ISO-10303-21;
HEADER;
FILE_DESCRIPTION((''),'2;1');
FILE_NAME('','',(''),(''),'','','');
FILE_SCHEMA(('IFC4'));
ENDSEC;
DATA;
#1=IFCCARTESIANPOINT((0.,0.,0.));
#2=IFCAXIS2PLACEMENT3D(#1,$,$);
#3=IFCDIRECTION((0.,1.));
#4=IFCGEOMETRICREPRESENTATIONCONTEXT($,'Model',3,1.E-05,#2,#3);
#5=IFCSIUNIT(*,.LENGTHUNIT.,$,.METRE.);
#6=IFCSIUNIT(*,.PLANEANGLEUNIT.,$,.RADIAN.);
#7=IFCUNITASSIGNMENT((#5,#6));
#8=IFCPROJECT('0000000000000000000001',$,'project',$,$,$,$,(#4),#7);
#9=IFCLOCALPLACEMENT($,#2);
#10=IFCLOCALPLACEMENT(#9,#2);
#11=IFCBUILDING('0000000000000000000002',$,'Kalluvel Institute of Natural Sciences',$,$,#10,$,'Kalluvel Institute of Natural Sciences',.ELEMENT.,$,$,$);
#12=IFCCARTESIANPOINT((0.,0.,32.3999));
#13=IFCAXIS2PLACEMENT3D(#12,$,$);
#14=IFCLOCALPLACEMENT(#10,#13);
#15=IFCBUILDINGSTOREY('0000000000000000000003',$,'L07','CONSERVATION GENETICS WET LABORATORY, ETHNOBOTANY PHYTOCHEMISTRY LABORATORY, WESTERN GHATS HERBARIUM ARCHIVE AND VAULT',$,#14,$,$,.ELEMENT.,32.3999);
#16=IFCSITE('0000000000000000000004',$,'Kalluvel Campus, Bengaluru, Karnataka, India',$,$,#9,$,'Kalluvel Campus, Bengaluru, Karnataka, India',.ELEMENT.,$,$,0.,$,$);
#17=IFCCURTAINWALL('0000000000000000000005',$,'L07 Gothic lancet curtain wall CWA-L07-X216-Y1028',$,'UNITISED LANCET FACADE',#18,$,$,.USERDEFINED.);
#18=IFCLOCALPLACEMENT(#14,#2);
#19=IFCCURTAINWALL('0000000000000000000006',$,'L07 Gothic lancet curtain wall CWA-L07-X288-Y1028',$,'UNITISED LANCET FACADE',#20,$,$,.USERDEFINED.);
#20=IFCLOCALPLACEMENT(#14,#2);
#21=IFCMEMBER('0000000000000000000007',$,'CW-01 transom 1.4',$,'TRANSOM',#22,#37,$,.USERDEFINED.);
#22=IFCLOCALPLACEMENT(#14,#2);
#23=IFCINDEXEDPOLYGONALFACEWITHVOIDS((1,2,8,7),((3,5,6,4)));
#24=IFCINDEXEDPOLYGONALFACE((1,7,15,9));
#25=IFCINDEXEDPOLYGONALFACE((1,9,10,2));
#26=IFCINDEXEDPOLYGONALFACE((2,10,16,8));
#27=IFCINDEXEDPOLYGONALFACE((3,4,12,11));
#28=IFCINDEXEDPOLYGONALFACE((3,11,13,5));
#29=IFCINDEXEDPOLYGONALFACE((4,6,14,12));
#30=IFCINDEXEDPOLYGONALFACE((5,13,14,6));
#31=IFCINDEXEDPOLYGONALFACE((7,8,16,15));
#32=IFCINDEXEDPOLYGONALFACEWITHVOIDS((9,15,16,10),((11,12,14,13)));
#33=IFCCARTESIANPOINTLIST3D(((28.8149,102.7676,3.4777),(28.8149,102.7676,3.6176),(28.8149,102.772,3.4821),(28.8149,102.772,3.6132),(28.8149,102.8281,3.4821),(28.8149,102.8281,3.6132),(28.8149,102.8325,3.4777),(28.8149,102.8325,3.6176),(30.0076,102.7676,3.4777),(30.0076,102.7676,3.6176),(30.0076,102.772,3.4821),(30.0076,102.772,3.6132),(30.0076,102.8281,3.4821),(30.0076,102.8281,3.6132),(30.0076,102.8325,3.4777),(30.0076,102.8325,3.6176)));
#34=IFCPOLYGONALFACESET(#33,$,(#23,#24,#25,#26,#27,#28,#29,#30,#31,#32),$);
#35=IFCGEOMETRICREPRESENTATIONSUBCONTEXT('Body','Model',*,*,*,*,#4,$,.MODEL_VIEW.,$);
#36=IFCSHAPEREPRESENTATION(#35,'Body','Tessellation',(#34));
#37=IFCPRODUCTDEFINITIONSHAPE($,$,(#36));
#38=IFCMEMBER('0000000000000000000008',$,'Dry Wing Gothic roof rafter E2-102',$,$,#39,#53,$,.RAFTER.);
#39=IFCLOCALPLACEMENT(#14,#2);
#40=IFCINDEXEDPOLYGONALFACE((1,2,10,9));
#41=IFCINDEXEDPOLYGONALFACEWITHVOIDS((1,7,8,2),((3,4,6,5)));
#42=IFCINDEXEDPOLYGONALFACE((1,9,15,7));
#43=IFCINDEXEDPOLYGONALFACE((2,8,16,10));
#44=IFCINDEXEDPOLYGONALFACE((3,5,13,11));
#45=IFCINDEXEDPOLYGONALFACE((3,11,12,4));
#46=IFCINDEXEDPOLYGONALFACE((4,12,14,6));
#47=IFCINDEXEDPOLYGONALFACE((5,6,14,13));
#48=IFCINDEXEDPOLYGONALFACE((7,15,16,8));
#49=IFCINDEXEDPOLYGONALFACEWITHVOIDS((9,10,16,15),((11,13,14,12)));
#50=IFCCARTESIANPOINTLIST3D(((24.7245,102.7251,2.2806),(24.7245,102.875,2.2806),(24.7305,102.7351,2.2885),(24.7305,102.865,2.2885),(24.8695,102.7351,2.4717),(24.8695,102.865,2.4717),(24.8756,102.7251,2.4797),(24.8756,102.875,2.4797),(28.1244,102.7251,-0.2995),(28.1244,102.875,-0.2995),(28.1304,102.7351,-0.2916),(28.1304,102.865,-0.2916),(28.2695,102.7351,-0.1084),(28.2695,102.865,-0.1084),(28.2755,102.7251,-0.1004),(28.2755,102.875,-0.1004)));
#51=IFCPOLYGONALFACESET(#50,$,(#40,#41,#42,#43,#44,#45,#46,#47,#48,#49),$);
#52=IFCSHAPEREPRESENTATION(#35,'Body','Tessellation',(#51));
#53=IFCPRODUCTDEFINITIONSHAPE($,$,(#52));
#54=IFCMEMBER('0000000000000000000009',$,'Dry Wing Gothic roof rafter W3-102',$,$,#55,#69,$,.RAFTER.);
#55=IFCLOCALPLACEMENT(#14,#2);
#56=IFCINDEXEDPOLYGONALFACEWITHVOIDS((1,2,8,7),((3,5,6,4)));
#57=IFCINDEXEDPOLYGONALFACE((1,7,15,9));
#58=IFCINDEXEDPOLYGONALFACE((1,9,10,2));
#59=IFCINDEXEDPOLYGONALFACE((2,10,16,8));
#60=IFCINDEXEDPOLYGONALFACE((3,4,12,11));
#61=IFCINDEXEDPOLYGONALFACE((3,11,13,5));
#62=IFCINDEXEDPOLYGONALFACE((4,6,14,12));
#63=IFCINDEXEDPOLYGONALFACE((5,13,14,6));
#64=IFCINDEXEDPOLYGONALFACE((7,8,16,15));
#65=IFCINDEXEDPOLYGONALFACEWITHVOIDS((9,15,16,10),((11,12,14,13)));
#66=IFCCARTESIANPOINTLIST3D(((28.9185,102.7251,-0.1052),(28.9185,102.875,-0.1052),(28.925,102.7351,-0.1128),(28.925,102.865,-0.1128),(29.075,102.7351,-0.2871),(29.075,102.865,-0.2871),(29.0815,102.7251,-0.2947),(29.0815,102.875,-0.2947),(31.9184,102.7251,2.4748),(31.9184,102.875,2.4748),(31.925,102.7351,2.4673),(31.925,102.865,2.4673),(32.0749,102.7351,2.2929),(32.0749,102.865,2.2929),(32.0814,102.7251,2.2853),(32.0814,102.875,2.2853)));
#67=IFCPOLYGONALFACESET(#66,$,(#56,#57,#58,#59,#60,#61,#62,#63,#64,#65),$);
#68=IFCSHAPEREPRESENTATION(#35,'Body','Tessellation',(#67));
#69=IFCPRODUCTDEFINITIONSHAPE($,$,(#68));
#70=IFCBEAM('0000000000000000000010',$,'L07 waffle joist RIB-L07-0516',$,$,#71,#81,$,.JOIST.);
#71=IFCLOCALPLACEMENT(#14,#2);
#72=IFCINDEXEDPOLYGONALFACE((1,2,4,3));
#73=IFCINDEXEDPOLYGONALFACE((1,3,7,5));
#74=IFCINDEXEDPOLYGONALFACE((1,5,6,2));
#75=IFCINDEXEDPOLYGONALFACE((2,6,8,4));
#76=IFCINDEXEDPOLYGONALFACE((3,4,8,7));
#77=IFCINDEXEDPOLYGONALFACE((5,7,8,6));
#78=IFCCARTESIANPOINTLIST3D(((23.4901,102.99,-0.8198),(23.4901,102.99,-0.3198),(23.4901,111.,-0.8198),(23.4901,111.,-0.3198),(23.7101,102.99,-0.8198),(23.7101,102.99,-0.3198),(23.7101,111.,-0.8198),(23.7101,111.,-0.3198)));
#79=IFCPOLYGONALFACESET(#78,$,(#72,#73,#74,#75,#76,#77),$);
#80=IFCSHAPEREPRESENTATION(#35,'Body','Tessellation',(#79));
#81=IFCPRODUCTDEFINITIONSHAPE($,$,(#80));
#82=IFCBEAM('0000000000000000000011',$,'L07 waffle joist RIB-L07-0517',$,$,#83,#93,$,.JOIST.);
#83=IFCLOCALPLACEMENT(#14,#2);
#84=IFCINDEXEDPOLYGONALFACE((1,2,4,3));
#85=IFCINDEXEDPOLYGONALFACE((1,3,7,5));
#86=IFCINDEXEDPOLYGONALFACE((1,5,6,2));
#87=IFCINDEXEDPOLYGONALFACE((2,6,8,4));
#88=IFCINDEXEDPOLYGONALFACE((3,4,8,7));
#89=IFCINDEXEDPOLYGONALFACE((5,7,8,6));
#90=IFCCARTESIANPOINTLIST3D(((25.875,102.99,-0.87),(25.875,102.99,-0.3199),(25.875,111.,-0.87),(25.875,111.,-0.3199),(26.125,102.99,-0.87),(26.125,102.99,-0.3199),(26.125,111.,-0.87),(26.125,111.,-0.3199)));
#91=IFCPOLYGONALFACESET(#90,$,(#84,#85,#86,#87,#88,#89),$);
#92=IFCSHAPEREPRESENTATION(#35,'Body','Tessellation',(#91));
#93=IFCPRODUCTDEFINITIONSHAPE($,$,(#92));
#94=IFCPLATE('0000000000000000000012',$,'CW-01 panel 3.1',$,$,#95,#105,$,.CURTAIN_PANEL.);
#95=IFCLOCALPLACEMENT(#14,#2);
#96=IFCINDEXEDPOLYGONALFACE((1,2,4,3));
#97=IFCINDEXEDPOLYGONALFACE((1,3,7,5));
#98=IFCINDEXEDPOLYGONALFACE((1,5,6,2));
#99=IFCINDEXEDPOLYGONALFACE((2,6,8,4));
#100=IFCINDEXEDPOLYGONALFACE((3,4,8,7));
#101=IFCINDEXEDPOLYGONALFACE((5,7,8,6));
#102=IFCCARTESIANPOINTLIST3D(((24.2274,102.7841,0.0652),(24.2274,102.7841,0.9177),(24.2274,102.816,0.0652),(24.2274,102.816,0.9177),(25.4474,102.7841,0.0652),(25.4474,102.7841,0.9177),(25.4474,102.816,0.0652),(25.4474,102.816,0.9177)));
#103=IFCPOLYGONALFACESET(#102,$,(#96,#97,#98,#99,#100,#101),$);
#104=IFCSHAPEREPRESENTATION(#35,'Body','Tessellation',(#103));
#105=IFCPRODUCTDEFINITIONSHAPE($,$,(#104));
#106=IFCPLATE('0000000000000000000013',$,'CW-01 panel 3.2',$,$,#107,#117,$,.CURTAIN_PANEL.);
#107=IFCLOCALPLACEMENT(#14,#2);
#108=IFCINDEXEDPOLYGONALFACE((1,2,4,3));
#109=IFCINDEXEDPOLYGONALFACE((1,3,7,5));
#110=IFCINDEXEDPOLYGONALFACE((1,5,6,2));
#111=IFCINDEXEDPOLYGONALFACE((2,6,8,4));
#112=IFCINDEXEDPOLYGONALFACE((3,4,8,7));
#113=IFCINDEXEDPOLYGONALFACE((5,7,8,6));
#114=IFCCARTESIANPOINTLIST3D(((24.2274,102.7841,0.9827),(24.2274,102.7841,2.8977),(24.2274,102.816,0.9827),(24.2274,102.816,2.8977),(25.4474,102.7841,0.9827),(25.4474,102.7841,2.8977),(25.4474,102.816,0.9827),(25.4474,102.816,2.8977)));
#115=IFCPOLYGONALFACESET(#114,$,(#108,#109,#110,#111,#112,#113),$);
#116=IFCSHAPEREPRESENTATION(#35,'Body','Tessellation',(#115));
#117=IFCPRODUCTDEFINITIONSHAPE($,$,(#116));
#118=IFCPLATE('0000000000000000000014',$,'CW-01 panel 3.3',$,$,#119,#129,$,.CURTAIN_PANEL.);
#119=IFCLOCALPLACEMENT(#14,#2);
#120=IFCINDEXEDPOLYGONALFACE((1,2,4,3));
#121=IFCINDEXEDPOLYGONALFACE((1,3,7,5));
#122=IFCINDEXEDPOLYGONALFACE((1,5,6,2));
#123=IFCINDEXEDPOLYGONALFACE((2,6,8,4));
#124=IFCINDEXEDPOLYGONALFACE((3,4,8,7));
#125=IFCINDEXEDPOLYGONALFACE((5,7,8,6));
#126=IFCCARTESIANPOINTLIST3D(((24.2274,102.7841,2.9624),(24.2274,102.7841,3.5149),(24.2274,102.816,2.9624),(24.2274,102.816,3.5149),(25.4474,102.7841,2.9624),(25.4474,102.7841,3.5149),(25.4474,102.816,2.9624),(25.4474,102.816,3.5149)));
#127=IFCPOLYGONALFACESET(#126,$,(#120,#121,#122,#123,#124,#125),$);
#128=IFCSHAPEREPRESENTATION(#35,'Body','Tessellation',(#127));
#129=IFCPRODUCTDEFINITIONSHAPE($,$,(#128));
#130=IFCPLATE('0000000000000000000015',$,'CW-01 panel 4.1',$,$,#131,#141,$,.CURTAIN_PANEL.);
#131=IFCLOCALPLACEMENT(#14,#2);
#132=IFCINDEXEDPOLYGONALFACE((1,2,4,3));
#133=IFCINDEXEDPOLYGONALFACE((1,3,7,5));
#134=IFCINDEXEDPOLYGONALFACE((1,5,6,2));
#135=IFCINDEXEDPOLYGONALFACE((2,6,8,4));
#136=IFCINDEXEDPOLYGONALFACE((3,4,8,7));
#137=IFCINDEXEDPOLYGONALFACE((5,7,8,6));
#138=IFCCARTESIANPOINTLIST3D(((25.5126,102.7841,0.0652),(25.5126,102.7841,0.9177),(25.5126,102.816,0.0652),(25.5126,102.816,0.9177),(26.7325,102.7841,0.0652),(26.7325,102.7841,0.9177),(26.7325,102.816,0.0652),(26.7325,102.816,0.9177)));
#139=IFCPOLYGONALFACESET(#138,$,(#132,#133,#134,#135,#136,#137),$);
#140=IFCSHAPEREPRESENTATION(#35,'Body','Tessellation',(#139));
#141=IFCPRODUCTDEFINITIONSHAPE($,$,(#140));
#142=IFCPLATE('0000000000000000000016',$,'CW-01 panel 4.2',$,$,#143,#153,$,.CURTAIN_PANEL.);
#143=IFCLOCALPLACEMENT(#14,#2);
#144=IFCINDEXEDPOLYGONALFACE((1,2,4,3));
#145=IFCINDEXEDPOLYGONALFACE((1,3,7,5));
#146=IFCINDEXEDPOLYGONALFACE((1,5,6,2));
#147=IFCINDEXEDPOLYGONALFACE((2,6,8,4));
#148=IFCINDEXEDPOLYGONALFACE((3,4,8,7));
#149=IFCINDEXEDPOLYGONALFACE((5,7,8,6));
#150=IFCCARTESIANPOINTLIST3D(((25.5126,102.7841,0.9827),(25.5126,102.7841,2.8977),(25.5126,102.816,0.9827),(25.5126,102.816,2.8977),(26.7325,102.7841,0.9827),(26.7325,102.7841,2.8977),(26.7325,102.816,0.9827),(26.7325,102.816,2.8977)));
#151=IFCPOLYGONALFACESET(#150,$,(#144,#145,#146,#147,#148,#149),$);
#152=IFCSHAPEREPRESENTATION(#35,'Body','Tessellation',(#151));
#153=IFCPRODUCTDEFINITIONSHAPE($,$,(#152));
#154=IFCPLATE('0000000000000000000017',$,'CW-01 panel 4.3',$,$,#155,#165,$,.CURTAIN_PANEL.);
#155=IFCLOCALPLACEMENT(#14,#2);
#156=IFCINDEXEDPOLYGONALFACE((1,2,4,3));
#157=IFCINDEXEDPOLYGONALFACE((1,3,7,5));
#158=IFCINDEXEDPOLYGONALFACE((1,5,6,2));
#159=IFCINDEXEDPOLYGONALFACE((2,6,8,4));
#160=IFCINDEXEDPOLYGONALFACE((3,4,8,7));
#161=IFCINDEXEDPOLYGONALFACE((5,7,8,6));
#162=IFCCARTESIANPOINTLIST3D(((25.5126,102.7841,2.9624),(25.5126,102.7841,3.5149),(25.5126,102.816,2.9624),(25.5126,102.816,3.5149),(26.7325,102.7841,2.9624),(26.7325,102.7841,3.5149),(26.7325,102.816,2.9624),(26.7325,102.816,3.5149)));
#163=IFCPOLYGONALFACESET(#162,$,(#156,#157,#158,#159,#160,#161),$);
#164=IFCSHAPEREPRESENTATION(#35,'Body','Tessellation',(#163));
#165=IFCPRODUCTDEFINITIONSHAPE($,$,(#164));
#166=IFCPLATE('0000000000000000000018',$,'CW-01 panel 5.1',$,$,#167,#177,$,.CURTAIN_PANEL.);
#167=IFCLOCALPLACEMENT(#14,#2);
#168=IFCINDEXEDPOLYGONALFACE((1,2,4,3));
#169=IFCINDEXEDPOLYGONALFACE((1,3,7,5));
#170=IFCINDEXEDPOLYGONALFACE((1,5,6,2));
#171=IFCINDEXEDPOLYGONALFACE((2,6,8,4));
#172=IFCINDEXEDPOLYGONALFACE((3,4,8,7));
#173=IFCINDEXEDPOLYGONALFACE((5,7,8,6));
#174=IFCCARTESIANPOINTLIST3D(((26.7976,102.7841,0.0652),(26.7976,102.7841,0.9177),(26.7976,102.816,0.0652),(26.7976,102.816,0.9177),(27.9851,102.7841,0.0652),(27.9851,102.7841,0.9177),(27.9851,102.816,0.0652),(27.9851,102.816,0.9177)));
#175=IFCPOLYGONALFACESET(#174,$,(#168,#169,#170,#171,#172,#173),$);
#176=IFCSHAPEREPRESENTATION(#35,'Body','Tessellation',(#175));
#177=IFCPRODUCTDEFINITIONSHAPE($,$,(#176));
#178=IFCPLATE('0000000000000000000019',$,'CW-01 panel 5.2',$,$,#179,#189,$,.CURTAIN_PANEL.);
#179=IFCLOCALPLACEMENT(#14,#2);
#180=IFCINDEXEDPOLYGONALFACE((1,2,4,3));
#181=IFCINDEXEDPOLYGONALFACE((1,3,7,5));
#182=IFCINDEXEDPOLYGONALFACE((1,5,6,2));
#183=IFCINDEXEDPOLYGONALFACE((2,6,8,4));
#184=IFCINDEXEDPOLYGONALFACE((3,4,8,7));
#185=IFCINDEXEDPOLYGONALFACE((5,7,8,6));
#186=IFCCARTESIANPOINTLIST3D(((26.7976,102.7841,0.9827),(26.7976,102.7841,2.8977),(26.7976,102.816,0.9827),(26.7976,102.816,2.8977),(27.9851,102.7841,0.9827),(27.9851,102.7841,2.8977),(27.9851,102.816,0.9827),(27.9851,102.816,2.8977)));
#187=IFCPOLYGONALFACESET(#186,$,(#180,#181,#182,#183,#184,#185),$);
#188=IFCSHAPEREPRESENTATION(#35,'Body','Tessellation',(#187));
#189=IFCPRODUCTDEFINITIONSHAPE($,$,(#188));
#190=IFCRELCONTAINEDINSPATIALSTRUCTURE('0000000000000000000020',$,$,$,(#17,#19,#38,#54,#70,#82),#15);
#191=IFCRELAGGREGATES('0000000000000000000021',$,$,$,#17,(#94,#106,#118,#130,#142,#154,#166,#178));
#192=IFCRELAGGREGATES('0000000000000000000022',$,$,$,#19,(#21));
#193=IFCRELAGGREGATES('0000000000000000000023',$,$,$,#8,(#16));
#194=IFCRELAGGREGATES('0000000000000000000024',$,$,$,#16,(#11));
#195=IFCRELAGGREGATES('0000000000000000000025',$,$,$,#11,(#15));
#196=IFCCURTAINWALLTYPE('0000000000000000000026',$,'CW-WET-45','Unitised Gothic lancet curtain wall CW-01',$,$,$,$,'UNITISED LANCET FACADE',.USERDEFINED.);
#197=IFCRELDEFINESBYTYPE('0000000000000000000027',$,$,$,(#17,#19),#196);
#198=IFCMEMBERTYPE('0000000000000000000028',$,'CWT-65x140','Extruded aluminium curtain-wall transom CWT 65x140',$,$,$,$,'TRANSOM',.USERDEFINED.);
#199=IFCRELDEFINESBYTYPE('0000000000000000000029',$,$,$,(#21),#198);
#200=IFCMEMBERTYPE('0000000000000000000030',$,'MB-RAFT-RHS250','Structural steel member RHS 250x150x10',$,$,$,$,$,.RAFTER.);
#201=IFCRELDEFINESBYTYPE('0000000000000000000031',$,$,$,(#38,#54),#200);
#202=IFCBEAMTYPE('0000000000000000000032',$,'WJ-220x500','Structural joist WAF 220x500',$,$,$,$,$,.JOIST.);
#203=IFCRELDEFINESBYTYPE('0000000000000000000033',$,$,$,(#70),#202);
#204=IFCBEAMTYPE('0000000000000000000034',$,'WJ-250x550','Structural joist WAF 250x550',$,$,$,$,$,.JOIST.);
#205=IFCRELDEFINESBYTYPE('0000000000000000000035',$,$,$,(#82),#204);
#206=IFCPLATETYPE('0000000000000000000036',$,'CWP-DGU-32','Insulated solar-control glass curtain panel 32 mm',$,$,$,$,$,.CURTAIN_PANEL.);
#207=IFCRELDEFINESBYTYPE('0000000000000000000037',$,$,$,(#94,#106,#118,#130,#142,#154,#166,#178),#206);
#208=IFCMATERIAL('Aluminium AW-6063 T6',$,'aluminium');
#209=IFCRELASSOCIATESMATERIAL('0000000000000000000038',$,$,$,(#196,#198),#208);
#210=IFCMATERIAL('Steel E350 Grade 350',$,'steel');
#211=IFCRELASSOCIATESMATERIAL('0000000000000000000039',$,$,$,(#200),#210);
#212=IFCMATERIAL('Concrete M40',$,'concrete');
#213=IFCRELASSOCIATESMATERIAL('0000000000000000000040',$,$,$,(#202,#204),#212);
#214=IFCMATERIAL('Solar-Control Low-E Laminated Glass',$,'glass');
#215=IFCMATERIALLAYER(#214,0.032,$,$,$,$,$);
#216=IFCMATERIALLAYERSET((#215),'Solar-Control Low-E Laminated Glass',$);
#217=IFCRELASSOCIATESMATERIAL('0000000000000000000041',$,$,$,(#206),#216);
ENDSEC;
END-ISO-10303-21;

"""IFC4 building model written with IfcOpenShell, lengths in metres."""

from ifc_helpers import new_model, si_unit, direction, frame, origin, origin_2d, place, context, subcontext, project, spatial, rectangle, hollow_rectangle, extrude, material, layer, layer_set, material_profile, profile_set, type_object, element, aggregate, save


model = new_model("IFC4")

# Units and contexts
model_context = context("Model", 3, precision=1e-05, world=origin(), true_north=direction((0.0, 1.0)))
body_context = subcontext(model_context, "Body", "Model", "MODEL_VIEW")
ifc_project = project(units=[si_unit("LENGTHUNIT", "METRE"), si_unit("PLANEANGLEUNIT", "RADIAN")], contexts=[model_context])

# Site, building, storey
site_placement = place(None, origin())
site = spatial("IfcSite", under=ifc_project, at=site_placement, Name="Kalluvel Campus, Bengaluru, Karnataka, India", LongName="Kalluvel Campus, Bengaluru, Karnataka, India", CompositionType="ELEMENT", RefElevation=0.0)
building_placement = place(site_placement, origin())
building = spatial("IfcBuilding", under=site, at=building_placement, Name="Kalluvel Institute of Natural Sciences", LongName="Kalluvel Institute of Natural Sciences", CompositionType="ELEMENT")
storey_placement = place(building_placement, frame((0.0, 0.0, 32.3999)))
storey = spatial("IfcBuildingStorey", under=building, at=storey_placement, Name="L07", Description="CONSERVATION GENETICS WET LABORATORY, ETHNOBOTANY PHYTOCHEMISTRY LABORATORY, WESTERN GHATS HERBARIUM ARCHIVE AND VAULT", CompositionType="ELEMENT", Elevation=32.3999)

# Shared definitions
ifc_material_1 = material(Name="Concrete M40", Category="concrete")

# Curtain wall
ifc_material_2 = material(Name="Aluminium AW-6063 T6", Category="aluminium")
curtain_wall_type = type_object("IfcCurtainWallType", Name="CW-WET-45", Description="Unitised Gothic lancet curtain wall CW-01", ElementType="UNITISED LANCET FACADE", PredefinedType="USERDEFINED", material=ifc_material_2)
curtain_wall_1_placement = place(storey_placement, origin())
curtain_wall_1 = element("IfcCurtainWall", 1, at=curtain_wall_1_placement, inside=storey, type_object=curtain_wall_type, Name="L07 Gothic lancet curtain wall CWA-L07-X216-Y1028", ObjectType="UNITISED LANCET FACADE", PredefinedType="USERDEFINED")

# Curtain wall
curtain_wall_2_placement = place(storey_placement, origin())
curtain_wall_2 = element("IfcCurtainWall", 2, at=curtain_wall_2_placement, inside=storey, type_object=curtain_wall_type, Name="L07 Gothic lancet curtain wall CWA-L07-X288-Y1028", ObjectType="UNITISED LANCET FACADE", PredefinedType="USERDEFINED")

# Member
ifc_material_profile_1 = material_profile(ifc_material_2, hollow_rectangle(XDim=0.0649, YDim=0.1399, WallThickness=0.0044, at=origin_2d()), Name="CWT 65x140")
ifc_profile_set_1 = profile_set([ifc_material_profile_1], Name="Aluminium AW-6063 T6")
member_type_1 = type_object("IfcMemberType", Name="CWT-65x140", Description="Extruded aluminium curtain-wall transom CWT 65x140", ElementType="TRANSOM", PredefinedType="USERDEFINED", material=ifc_profile_set_1)
member_1_placement = place(storey_placement, frame((28.8149, 102.8, 3.5476), z_axis=(1.0, 0.0, 0.0), x_axis=(0.0, 1.0, 0.0)))
member_1 = element("IfcMember", 3, at=member_1_placement, type_object=member_type_1, Name="CW-01 transom 1.4", ObjectType="TRANSOM", PredefinedType="USERDEFINED", context=body_context, shape_type="SweptSolid", body=[
    extrude(hollow_rectangle(XDim=0.0649, YDim=0.1399, WallThickness=0.0044, at=origin_2d()), origin(), (0.0, 0.0, 1.0), 1.1926),
])

# Members
ifc_material_3 = material(Name="Steel E350 Grade 350", Category="steel")
ifc_material_profile_2 = material_profile(ifc_material_3, hollow_rectangle(XDim=0.1499, YDim=0.25, WallThickness=0.01, at=origin_2d()), Name="RHS 250x150x10")
ifc_profile_set_2 = profile_set([ifc_material_profile_2], Name="Steel E350 Grade 350")
member_type_2 = type_object("IfcMemberType", Name="MB-RAFT-RHS250", Description="Structural steel member RHS 250x150x10", PredefinedType="RAFTER", material=ifc_profile_set_2)
member_2_placement = place(storey_placement, frame((28.2, 102.8, -0.2), z_axis=(-0.796596, 0.0, 0.604512), x_axis=(0.0, -1.0, 0.0)))
element("IfcMember", 4, at=member_2_placement, inside=storey, type_object=member_type_2, Name="Dry Wing Gothic roof rafter E2-102", PredefinedType="RAFTER", context=body_context, shape_type="SweptSolid", body=[
    extrude(hollow_rectangle(XDim=0.1499, YDim=0.25, WallThickness=0.01, at=origin_2d()), origin(), (0.0, 0.0, 1.0), 4.2681),
])
member_3_placement = place(storey_placement, frame((29.0, 102.8, -0.2), z_axis=(0.758175, 0.0, 0.652051), x_axis=(0.0, 1.0, 0.0)))
element("IfcMember", 5, at=member_3_placement, inside=storey, type_object=member_type_2, Name="Dry Wing Gothic roof rafter W3-102", PredefinedType="RAFTER", context=body_context, shape_type="SweptSolid", body=[
    extrude(hollow_rectangle(XDim=0.1499, YDim=0.25, WallThickness=0.01, at=origin_2d()), origin(), (0.0, 0.0, 1.0), 3.9568),
])

# Beams
ifc_material_profile_3 = material_profile(ifc_material_1, rectangle(XDim=0.22, YDim=0.5, at=origin_2d()), Name="WAF 220x500")
ifc_profile_set_3 = profile_set([ifc_material_profile_3], Name="Concrete M40")
beam_type_1 = type_object("IfcBeamType", Name="WJ-220x500", Description="Structural joist WAF 220x500", PredefinedType="JOIST", material=ifc_profile_set_3)
beam_1_placement = place(storey_placement, frame((23.6001, 102.99, -0.5698), z_axis=(0.0, 1.0, 0.0), x_axis=(-1.0, 0.0, 0.0)))
element("IfcBeam", 6, at=beam_1_placement, inside=storey, type_object=beam_type_1, Name="L07 waffle joist RIB-L07-0516", PredefinedType="JOIST", context=body_context, shape_type="SweptSolid", body=[
    extrude(rectangle(XDim=0.22, YDim=0.5, at=origin_2d()), origin(), (0.0, 0.0, 1.0), 8.01),
])
ifc_material_profile_4 = material_profile(ifc_material_1, rectangle(XDim=0.25, YDim=0.55, at=origin_2d()), Name="WAF 250x550")
ifc_profile_set_4 = profile_set([ifc_material_profile_4], Name="Concrete M40")
beam_type_2 = type_object("IfcBeamType", Name="WJ-250x550", Description="Structural joist WAF 250x550", PredefinedType="JOIST", material=ifc_profile_set_4)
beam_2_placement = place(storey_placement, frame((26.0, 102.99, -0.595), z_axis=(0.0, 1.0, 0.0), x_axis=(-1.0, 0.0, 0.0)))
element("IfcBeam", 7, at=beam_2_placement, inside=storey, type_object=beam_type_2, Name="L07 waffle joist RIB-L07-0517", PredefinedType="JOIST", context=body_context, shape_type="SweptSolid", body=[
    extrude(rectangle(XDim=0.25, YDim=0.55, at=origin_2d()), origin(), (0.0, 0.0, 1.0), 8.01),
])

# Plates
ifc_material_4 = material(Name="Solar-Control Low-E Laminated Glass", Category="glass")
ifc_layer_1 = layer(ifc_material_4, 0.032)
ifc_layer_set_1 = layer_set([ifc_layer_1], Name="Solar-Control Low-E Laminated Glass")
plate_type = type_object("IfcPlateType", Name="CWP-DGU-32", Description="Insulated solar-control glass curtain panel 32 mm", PredefinedType="CURTAIN_PANEL", material=ifc_layer_set_1)
plate_1_placement = place(storey_placement, frame((24.8374, 102.8, 0.0652), z_axis=(0.0, 0.0, 1.0), x_axis=(1.0, 0.0, 0.0)))
plate_1 = element("IfcPlate", 8, at=plate_1_placement, type_object=plate_type, Name="CW-01 panel 3.1", PredefinedType="CURTAIN_PANEL", context=body_context, shape_type="SweptSolid", body=[
    extrude(rectangle(XDim=1.22, YDim=0.032, at=origin_2d()), origin(), (0.0, 0.0, 1.0), 0.8525),
])
plate_2_placement = place(storey_placement, frame((24.8374, 102.8, 0.9827), z_axis=(0.0, 0.0, 1.0), x_axis=(1.0, 0.0, 0.0)))
plate_2 = element("IfcPlate", 9, at=plate_2_placement, type_object=plate_type, Name="CW-01 panel 3.2", PredefinedType="CURTAIN_PANEL", context=body_context, shape_type="SweptSolid", body=[
    extrude(rectangle(XDim=1.22, YDim=0.032, at=origin_2d()), origin(), (0.0, 0.0, 1.0), 1.915),
])
plate_3_placement = place(storey_placement, frame((24.8374, 102.8, 2.9624), z_axis=(0.0, 0.0, 1.0), x_axis=(1.0, 0.0, 0.0)))
plate_3 = element("IfcPlate", 10, at=plate_3_placement, type_object=plate_type, Name="CW-01 panel 3.3", PredefinedType="CURTAIN_PANEL", context=body_context, shape_type="SweptSolid", body=[
    extrude(rectangle(XDim=1.22, YDim=0.032, at=origin_2d()), origin(), (0.0, 0.0, 1.0), 0.5525),
])
plate_4_placement = place(storey_placement, frame((26.1226, 102.8, 0.0652), z_axis=(0.0, 0.0, 1.0), x_axis=(1.0, 0.0, 0.0)))
plate_4 = element("IfcPlate", 11, at=plate_4_placement, type_object=plate_type, Name="CW-01 panel 4.1", PredefinedType="CURTAIN_PANEL", context=body_context, shape_type="SweptSolid", body=[
    extrude(rectangle(XDim=1.22, YDim=0.032, at=origin_2d()), origin(), (0.0, 0.0, 1.0), 0.8525),
])
plate_5_placement = place(storey_placement, frame((26.1226, 102.8, 0.9827), z_axis=(0.0, 0.0, 1.0), x_axis=(1.0, 0.0, 0.0)))
plate_5 = element("IfcPlate", 12, at=plate_5_placement, type_object=plate_type, Name="CW-01 panel 4.2", PredefinedType="CURTAIN_PANEL", context=body_context, shape_type="SweptSolid", body=[
    extrude(rectangle(XDim=1.22, YDim=0.032, at=origin_2d()), origin(), (0.0, 0.0, 1.0), 1.915),
])
plate_6_placement = place(storey_placement, frame((26.1226, 102.8, 2.9624), z_axis=(0.0, 0.0, 1.0), x_axis=(1.0, 0.0, 0.0)))
plate_6 = element("IfcPlate", 13, at=plate_6_placement, type_object=plate_type, Name="CW-01 panel 4.3", PredefinedType="CURTAIN_PANEL", context=body_context, shape_type="SweptSolid", body=[
    extrude(rectangle(XDim=1.22, YDim=0.032, at=origin_2d()), origin(), (0.0, 0.0, 1.0), 0.5525),
])
plate_7_placement = place(storey_placement, frame((27.3914, 102.8, 0.0652), z_axis=(0.0, 0.0, 1.0), x_axis=(1.0, 0.0, 0.0)))
plate_7 = element("IfcPlate", 14, at=plate_7_placement, type_object=plate_type, Name="CW-01 panel 5.1", PredefinedType="CURTAIN_PANEL", context=body_context, shape_type="SweptSolid", body=[
    extrude(rectangle(XDim=1.1875, YDim=0.032, at=origin_2d()), origin(), (0.0, 0.0, 1.0), 0.8525),
])
plate_8_placement = place(storey_placement, frame((27.3914, 102.8, 0.9827), z_axis=(0.0, 0.0, 1.0), x_axis=(1.0, 0.0, 0.0)))
plate_8 = element("IfcPlate", 15, at=plate_8_placement, type_object=plate_type, Name="CW-01 panel 5.2", PredefinedType="CURTAIN_PANEL", context=body_context, shape_type="SweptSolid", body=[
    extrude(rectangle(XDim=1.1875, YDim=0.032, at=origin_2d()), origin(), (0.0, 0.0, 1.0), 1.915),
])
aggregate(curtain_wall_1, [plate_1, plate_2, plate_3, plate_4, plate_5, plate_6, plate_7, plate_8])
aggregate(curtain_wall_2, [member_1])

save(model, "model.ifc")
